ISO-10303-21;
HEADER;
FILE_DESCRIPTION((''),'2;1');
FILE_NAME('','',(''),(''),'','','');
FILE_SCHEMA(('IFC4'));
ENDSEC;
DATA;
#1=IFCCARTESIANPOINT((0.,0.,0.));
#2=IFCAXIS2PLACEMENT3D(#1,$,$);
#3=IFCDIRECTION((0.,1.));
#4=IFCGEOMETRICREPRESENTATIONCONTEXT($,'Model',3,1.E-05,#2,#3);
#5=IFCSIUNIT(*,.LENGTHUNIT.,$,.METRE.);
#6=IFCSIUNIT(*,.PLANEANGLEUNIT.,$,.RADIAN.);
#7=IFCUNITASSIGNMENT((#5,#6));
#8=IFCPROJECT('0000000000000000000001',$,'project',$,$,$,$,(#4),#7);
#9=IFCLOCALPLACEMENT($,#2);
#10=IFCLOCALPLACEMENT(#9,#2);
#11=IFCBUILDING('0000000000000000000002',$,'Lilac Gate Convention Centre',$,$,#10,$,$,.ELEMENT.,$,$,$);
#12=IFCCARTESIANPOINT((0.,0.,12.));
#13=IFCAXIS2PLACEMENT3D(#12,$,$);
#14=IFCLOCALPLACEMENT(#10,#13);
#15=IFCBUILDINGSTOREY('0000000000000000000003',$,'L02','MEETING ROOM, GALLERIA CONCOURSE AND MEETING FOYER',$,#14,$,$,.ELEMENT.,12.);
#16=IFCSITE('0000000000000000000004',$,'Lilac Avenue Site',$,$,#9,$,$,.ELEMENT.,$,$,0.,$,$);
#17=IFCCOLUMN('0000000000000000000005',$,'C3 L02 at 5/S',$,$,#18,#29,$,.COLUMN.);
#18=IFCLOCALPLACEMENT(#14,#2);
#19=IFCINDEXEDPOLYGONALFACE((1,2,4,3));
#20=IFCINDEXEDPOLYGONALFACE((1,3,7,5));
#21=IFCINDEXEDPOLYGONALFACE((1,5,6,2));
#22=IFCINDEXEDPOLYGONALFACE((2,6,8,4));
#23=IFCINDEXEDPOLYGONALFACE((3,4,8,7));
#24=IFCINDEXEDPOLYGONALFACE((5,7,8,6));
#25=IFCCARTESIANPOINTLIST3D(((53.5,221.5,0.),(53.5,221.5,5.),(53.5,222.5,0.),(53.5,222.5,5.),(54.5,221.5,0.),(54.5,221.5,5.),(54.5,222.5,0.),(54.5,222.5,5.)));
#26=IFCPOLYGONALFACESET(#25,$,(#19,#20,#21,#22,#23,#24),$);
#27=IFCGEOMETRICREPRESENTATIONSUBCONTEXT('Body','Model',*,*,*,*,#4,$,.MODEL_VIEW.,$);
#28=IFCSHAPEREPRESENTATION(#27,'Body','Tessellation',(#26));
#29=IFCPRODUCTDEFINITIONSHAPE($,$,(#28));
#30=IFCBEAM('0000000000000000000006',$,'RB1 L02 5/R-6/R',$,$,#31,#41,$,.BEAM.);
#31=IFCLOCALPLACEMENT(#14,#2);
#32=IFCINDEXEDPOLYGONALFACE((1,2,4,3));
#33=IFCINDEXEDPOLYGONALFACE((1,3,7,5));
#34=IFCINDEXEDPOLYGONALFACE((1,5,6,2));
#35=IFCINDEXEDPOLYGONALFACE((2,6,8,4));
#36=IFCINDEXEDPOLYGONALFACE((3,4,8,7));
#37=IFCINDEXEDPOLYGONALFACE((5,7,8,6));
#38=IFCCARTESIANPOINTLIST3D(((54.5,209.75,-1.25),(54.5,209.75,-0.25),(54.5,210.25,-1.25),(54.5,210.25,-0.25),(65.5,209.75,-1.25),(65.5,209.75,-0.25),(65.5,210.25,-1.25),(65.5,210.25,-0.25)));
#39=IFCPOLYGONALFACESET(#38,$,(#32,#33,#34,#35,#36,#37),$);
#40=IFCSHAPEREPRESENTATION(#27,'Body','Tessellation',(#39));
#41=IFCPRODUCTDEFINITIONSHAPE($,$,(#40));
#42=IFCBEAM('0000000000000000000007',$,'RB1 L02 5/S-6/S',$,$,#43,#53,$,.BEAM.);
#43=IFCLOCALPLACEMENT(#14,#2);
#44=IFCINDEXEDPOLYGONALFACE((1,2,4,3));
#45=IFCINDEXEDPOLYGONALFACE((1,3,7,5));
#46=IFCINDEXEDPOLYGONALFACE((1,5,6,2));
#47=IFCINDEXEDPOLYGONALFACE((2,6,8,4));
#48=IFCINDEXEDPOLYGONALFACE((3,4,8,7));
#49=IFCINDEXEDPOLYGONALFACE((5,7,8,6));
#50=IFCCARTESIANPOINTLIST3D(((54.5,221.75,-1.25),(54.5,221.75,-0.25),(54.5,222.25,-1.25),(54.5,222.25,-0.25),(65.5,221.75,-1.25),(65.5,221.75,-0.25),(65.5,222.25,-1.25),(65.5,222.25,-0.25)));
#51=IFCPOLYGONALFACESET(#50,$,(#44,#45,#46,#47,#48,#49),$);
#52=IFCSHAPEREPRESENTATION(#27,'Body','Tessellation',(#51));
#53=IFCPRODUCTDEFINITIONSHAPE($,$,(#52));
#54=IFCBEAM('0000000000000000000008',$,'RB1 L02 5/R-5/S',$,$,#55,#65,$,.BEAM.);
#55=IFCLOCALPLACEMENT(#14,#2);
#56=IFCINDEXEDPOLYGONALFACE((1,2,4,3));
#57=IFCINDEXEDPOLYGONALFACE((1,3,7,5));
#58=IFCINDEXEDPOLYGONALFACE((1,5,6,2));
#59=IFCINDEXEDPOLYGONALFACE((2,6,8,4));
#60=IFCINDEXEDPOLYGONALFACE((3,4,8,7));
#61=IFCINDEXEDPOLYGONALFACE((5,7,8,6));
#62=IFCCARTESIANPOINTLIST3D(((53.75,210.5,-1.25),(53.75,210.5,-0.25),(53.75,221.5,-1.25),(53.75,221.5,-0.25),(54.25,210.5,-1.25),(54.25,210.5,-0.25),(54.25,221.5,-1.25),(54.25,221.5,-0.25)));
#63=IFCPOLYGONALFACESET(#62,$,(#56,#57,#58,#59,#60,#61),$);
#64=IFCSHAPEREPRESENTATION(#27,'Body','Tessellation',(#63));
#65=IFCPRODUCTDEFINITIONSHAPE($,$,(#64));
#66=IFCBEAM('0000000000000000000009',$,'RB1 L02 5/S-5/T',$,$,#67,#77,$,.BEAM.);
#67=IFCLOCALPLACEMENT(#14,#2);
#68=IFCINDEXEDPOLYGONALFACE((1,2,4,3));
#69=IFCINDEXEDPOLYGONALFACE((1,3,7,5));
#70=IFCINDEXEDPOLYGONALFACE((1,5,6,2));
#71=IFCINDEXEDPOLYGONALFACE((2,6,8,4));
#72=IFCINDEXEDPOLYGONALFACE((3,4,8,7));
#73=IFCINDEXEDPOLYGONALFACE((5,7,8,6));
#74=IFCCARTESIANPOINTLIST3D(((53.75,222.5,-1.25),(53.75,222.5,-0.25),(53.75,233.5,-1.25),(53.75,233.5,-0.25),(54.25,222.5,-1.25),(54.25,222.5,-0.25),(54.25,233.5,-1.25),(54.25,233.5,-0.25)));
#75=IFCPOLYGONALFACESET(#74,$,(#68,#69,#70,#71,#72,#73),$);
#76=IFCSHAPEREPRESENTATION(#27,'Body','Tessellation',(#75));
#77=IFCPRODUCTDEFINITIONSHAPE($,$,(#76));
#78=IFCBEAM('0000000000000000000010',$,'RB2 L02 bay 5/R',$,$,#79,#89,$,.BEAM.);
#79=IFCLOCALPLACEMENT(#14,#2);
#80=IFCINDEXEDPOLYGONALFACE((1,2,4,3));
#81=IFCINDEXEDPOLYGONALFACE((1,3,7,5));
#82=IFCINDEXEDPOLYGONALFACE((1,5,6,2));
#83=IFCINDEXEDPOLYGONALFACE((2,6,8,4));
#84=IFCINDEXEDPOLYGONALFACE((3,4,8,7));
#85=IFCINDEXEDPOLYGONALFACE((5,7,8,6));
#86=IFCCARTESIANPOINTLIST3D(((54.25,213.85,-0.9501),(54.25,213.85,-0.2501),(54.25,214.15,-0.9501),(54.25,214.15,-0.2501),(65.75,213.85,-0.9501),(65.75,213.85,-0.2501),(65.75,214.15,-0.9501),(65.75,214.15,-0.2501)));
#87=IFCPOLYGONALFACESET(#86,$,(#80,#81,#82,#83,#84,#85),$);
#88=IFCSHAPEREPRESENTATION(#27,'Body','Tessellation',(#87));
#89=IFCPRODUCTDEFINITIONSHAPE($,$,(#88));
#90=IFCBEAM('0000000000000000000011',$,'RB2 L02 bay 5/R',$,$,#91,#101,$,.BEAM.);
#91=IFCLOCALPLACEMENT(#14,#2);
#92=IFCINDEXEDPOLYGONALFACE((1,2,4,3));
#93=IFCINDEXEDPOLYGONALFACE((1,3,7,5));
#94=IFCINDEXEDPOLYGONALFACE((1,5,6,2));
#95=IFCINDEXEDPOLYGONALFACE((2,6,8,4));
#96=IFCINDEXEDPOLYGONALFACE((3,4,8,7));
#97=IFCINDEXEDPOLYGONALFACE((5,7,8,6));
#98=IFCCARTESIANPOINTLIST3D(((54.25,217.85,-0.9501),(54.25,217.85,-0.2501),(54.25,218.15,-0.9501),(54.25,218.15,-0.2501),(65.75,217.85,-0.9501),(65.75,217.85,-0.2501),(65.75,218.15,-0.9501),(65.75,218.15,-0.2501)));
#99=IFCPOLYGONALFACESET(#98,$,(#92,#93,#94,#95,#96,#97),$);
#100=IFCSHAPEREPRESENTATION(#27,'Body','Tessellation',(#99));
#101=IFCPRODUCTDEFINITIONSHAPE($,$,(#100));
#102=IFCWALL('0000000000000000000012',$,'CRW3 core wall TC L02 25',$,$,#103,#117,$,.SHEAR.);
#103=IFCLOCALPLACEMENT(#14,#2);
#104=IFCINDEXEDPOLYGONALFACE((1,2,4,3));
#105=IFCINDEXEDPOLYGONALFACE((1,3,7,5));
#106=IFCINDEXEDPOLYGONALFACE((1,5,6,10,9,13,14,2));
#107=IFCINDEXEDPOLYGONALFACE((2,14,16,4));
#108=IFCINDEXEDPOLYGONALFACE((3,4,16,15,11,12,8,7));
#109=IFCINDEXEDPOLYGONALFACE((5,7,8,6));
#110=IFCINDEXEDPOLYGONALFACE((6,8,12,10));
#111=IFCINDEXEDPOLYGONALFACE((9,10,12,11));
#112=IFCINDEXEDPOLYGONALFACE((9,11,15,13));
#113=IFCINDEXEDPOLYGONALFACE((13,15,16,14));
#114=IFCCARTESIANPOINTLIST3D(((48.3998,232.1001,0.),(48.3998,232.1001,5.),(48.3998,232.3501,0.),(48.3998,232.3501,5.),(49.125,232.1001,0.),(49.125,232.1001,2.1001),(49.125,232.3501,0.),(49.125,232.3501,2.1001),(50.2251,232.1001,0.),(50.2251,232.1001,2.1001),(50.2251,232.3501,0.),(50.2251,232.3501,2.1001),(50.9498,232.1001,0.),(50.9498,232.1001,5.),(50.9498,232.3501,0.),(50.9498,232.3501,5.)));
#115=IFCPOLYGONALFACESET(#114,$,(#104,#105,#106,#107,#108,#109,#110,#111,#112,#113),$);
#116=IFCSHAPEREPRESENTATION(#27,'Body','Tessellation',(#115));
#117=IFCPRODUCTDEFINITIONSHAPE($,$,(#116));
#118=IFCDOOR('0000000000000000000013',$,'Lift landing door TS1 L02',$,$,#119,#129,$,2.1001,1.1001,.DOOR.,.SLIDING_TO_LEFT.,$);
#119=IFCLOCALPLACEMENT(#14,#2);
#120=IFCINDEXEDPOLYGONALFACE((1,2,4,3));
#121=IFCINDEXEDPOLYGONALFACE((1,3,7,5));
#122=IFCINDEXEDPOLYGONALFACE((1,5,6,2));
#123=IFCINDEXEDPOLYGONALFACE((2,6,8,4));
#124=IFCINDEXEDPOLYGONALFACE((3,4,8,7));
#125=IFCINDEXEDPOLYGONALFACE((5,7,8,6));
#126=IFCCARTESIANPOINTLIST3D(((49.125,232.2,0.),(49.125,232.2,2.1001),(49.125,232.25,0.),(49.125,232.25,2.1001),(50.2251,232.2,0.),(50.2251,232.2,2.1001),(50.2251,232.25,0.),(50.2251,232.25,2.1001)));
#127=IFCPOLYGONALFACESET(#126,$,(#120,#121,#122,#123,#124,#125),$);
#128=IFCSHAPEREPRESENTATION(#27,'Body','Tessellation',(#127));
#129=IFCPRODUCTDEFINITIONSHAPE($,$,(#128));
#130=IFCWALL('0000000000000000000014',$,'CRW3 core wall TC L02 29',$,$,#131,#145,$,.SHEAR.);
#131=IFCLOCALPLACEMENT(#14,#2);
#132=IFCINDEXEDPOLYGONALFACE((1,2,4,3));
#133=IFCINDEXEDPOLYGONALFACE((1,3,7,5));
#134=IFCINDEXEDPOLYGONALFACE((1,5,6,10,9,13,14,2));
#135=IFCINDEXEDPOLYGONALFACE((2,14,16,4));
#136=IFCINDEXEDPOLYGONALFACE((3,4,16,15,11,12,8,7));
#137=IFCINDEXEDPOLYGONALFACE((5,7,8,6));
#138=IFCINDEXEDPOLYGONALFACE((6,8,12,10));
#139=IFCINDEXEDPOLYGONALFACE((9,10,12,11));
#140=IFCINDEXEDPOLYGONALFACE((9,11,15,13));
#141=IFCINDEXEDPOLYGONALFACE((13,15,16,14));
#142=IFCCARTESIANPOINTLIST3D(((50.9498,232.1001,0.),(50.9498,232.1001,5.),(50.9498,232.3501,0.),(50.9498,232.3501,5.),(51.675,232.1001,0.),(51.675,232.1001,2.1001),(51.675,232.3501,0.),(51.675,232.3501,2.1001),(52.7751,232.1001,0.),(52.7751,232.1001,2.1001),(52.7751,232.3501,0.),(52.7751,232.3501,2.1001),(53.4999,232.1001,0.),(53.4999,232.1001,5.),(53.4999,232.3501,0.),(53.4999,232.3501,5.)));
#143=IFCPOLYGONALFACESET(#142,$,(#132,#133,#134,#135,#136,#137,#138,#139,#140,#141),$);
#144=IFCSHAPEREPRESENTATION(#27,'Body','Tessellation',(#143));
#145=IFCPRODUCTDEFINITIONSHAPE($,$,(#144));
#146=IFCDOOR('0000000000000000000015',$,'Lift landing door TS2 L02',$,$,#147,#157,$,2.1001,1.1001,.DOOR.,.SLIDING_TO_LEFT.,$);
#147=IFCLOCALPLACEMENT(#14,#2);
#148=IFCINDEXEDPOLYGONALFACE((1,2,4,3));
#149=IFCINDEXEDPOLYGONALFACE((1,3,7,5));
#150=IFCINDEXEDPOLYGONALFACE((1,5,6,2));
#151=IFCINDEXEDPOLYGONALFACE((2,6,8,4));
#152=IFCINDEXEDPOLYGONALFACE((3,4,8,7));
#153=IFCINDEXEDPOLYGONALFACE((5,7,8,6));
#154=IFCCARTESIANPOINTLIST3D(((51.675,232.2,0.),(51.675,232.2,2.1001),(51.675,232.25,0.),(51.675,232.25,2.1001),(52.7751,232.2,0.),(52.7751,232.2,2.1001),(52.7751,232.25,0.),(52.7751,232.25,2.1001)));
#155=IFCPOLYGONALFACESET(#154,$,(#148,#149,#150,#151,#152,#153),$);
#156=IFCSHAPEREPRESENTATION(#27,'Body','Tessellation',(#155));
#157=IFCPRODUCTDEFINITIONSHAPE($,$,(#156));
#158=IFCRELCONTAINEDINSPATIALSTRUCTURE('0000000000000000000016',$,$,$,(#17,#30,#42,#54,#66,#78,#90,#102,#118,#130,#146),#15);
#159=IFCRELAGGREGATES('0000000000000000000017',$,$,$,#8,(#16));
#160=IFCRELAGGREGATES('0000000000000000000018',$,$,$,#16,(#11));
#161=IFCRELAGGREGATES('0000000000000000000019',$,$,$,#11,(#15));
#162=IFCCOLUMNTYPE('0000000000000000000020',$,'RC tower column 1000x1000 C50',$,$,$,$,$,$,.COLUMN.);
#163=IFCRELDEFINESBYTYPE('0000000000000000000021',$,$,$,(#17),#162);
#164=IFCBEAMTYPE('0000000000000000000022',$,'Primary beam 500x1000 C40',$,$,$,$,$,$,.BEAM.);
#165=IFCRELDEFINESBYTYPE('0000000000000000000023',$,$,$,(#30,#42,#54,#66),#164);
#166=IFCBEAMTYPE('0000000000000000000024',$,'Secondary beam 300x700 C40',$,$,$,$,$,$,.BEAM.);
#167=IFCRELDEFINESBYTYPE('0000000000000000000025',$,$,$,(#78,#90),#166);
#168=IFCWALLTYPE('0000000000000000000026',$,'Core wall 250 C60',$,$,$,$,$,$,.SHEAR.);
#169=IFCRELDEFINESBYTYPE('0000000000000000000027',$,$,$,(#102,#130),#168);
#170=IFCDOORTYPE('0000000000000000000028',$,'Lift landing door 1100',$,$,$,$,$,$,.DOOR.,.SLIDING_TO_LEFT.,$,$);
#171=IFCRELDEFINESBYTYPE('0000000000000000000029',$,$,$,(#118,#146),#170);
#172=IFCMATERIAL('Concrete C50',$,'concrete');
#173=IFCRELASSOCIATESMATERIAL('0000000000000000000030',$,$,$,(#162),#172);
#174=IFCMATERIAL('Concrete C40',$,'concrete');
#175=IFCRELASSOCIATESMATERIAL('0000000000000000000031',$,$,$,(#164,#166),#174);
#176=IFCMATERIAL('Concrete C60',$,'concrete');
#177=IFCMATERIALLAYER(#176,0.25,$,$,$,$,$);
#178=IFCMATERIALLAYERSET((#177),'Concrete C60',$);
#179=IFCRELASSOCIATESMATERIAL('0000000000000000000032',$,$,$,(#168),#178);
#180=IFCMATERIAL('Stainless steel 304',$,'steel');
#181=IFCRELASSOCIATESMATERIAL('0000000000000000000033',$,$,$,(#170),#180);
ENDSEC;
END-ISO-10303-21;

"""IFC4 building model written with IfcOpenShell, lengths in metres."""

from ifc_helpers import new_model, si_unit, direction, frame, frame_2d, origin, origin_2d, place, context, subcontext, project, spatial, rectangle, extrude, material, layer, layer_set, material_profile, profile_set, type_object, element, fill, save


model = new_model("IFC4")

# Units and contexts
model_context = context("Model", 3, precision=1e-05, world=origin(), true_north=direction((0.0, 1.0)))
body_context = subcontext(model_context, "Body", "Model", "MODEL_VIEW")
ifc_project = project(units=[si_unit("LENGTHUNIT", "METRE"), si_unit("PLANEANGLEUNIT", "RADIAN")], contexts=[model_context])

# Site, building, storey
site_placement = place(None, origin())
site = spatial("IfcSite", under=ifc_project, at=site_placement, Name="Lilac Avenue Site", CompositionType="ELEMENT", RefElevation=0.0)
building_placement = place(site_placement, origin())
building = spatial("IfcBuilding", under=site, at=building_placement, Name="Lilac Gate Convention Centre", CompositionType="ELEMENT")
storey_placement = place(building_placement, frame((0.0, 0.0, 12.0)))
storey = spatial("IfcBuildingStorey", under=building, at=storey_placement, Name="L02", Description="MEETING ROOM, GALLERIA CONCOURSE AND MEETING FOYER", CompositionType="ELEMENT", Elevation=12.0)

# Column
ifc_material_1 = material(Name="Concrete C50", Category="concrete")
ifc_material_profile_1 = material_profile(ifc_material_1, rectangle(XDim=1.0, YDim=1.0, at=origin_2d()), Name="RC 1000x1000")
ifc_profile_set_1 = profile_set([ifc_material_profile_1], Name="Concrete C50")
column_type = type_object("IfcColumnType", Name="RC tower column 1000x1000 C50", PredefinedType="COLUMN", material=ifc_profile_set_1)
column_placement = place(storey_placement, frame((54.0, 222.0, 0.0), z_axis=(0.0, 0.0, 1.0), x_axis=(1.0, 0.0, 0.0)))
element("IfcColumn", 1, at=column_placement, inside=storey, type_object=column_type, Name="C3 L02 at 5/S", PredefinedType="COLUMN", context=body_context, shape_type="SweptSolid", body=[
    extrude(rectangle(XDim=1.0, YDim=1.0, at=origin_2d()), origin(), (0.0, 0.0, 1.0), 5.0),
])

# Beams
ifc_material_2 = material(Name="Concrete C40", Category="concrete")
ifc_material_profile_2 = material_profile(ifc_material_2, rectangle(XDim=0.5, YDim=1.0, at=origin_2d()), Name="RC 500x1000")
ifc_profile_set_2 = profile_set([ifc_material_profile_2], Name="Concrete C40")
beam_type_1 = type_object("IfcBeamType", Name="Primary beam 500x1000 C40", PredefinedType="BEAM", material=ifc_profile_set_2)
for number, where, z_axis, x_axis, name in (
    (2, (54.5, 210.0, -0.75), (1.0, 0.0, 0.0), (0.0, 1.0, 0.0), "RB1 L02 5/R-6/R"),
    (3, (54.5, 222.0, -0.75), (1.0, 0.0, 0.0), (0.0, 1.0, 0.0), "RB1 L02 5/S-6/S"),
    (4, (54.0, 210.5, -0.75), (0.0, 1.0, 0.0), (-1.0, 0.0, 0.0), "RB1 L02 5/R-5/S"),
    (5, (54.0, 222.5, -0.75), (0.0, 1.0, 0.0), (-1.0, 0.0, 0.0), "RB1 L02 5/S-5/T"),
):
    element("IfcBeam", number, at=place(storey_placement, frame(where, z_axis=z_axis, x_axis=x_axis)), inside=storey, type_object=beam_type_1, Name=name, PredefinedType="BEAM", context=body_context, shape_type="SweptSolid", body=[
        extrude(rectangle(XDim=0.5, YDim=1.0, at=origin_2d()), origin(), (0.0, 0.0, 1.0), 11.0),
    ])
ifc_material_profile_3 = material_profile(ifc_material_2, rectangle(XDim=0.3, YDim=0.7, at=origin_2d()), Name="RC 300x700")
ifc_profile_set_3 = profile_set([ifc_material_profile_3], Name="Concrete C40")
beam_type_2 = type_object("IfcBeamType", Name="Secondary beam 300x700 C40", PredefinedType="BEAM", material=ifc_profile_set_3)
for number, where, z_axis, x_axis, name in (
    (6, (54.25, 214.0, -0.6001), (1.0, 0.0, 0.0), (0.0, 1.0, 0.0), "RB2 L02 bay 5/R"),
    (7, (54.25, 218.0, -0.6001), (1.0, 0.0, 0.0), (0.0, 1.0, 0.0), "RB2 L02 bay 5/R"),
):
    element("IfcBeam", number, at=place(storey_placement, frame(where, z_axis=z_axis, x_axis=x_axis)), inside=storey, type_object=beam_type_2, Name=name, PredefinedType="BEAM", context=body_context, shape_type="SweptSolid", body=[
        extrude(rectangle(XDim=0.3, YDim=0.7, at=origin_2d()), origin(), (0.0, 0.0, 1.0), 11.5),
    ])

# Walls, openings, doors
ifc_material_3 = material(Name="Concrete C60", Category="concrete")
ifc_layer_1 = layer(ifc_material_3, 0.25)
ifc_layer_set_1 = layer_set([ifc_layer_1], Name="Concrete C60")
wall_type_1 = type_object("IfcWallType", Name="Core wall 250 C60", PredefinedType="SHEAR", material=ifc_layer_set_1)
wall_1_placement = place(storey_placement, frame((48.3999, 232.2251, 0.0), z_axis=(0.0, 0.0, 1.0), x_axis=(1.0, 0.0, 0.0)))
wall_1 = element("IfcWall", 8, at=wall_1_placement, inside=storey, type_object=wall_type_1, Name="CRW3 core wall TC L02 25", PredefinedType="SHEAR", context=body_context, shape_type="SweptSolid", body=[
    extrude(rectangle(XDim=2.55, YDim=0.25, at=frame_2d((1.2749, 0.0))), origin(), (0.0, 0.0, 1.0), 5.0),
])
opening_1_placement = place(wall_1_placement, frame((0.7251, 0.0, 0.0)))
opening_1 = element("IfcOpeningElement", 9, at=opening_1_placement, cuts=wall_1, PredefinedType="OPENING", context=body_context, shape_type="SweptSolid", body=[
    extrude(rectangle(XDim=1.1001, YDim=2.1001, at=frame_2d((0.55, 1.05))), frame((0.0, 0.135, 0.0), z_axis=(0.0, -1.0, 0.0), x_axis=(1.0, 0.0, 0.0)), (0.0, 0.0, 1.0), 0.27),
])
ifc_material_4 = material(Name="Stainless steel 304", Category="steel")
door_type_1 = type_object("IfcDoorType", Name="Lift landing door 1100", OperationType="SLIDING_TO_LEFT", PredefinedType="DOOR", material=ifc_material_4)
door_1_placement = place(opening_1_placement, origin())
door_1 = element("IfcDoor", 10, at=door_1_placement, inside=storey, type_object=door_type_1, Name="Lift landing door TS1 L02", OperationType="SLIDING_TO_LEFT", OverallHeight=2.1001, OverallWidth=1.1001, PredefinedType="DOOR", context=body_context, shape_type="SweptSolid", body=[
    extrude(rectangle(XDim=1.1001, YDim=2.1001, at=frame_2d((0.55, 1.05))), frame((0.0, 0.0249, 0.0), z_axis=(0.0, -1.0, 0.0), x_axis=(1.0, 0.0, 0.0)), (0.0, 0.0, 1.0), 0.05),
])
fill(opening_1, door_1)
wall_2_placement = place(storey_placement, frame((50.95, 232.2251, 0.0), z_axis=(0.0, 0.0, 1.0), x_axis=(1.0, 0.0, 0.0)))
wall_2 = element("IfcWall", 11, at=wall_2_placement, inside=storey, type_object=wall_type_1, Name="CRW3 core wall TC L02 29", PredefinedType="SHEAR", context=body_context, shape_type="SweptSolid", body=[
    extrude(rectangle(XDim=2.55, YDim=0.25, at=frame_2d((1.2749, 0.0))), origin(), (0.0, 0.0, 1.0), 5.0),
])
opening_2_placement = place(wall_2_placement, frame((0.7251, 0.0, 0.0)))
opening_2 = element("IfcOpeningElement", 12, at=opening_2_placement, cuts=wall_2, PredefinedType="OPENING", context=body_context, shape_type="SweptSolid", body=[
    extrude(rectangle(XDim=1.1001, YDim=2.1001, at=frame_2d((0.55, 1.05))), frame((0.0, 0.135, 0.0), z_axis=(0.0, -1.0, 0.0), x_axis=(1.0, 0.0, 0.0)), (0.0, 0.0, 1.0), 0.27),
])
door_2_placement = place(opening_2_placement, origin())
door_2 = element("IfcDoor", 13, at=door_2_placement, inside=storey, type_object=door_type_1, Name="Lift landing door TS2 L02", OperationType="SLIDING_TO_LEFT", OverallHeight=2.1001, OverallWidth=1.1001, PredefinedType="DOOR", context=body_context, shape_type="SweptSolid", body=[
    extrude(rectangle(XDim=1.1001, YDim=2.1001, at=frame_2d((0.55, 1.05))), frame((0.0, 0.0249, 0.0), z_axis=(0.0, -1.0, 0.0), x_axis=(1.0, 0.0, 0.0)), (0.0, 0.0, 1.0), 0.05),
])
fill(opening_2, door_2)

save(model, "model.ifc")
